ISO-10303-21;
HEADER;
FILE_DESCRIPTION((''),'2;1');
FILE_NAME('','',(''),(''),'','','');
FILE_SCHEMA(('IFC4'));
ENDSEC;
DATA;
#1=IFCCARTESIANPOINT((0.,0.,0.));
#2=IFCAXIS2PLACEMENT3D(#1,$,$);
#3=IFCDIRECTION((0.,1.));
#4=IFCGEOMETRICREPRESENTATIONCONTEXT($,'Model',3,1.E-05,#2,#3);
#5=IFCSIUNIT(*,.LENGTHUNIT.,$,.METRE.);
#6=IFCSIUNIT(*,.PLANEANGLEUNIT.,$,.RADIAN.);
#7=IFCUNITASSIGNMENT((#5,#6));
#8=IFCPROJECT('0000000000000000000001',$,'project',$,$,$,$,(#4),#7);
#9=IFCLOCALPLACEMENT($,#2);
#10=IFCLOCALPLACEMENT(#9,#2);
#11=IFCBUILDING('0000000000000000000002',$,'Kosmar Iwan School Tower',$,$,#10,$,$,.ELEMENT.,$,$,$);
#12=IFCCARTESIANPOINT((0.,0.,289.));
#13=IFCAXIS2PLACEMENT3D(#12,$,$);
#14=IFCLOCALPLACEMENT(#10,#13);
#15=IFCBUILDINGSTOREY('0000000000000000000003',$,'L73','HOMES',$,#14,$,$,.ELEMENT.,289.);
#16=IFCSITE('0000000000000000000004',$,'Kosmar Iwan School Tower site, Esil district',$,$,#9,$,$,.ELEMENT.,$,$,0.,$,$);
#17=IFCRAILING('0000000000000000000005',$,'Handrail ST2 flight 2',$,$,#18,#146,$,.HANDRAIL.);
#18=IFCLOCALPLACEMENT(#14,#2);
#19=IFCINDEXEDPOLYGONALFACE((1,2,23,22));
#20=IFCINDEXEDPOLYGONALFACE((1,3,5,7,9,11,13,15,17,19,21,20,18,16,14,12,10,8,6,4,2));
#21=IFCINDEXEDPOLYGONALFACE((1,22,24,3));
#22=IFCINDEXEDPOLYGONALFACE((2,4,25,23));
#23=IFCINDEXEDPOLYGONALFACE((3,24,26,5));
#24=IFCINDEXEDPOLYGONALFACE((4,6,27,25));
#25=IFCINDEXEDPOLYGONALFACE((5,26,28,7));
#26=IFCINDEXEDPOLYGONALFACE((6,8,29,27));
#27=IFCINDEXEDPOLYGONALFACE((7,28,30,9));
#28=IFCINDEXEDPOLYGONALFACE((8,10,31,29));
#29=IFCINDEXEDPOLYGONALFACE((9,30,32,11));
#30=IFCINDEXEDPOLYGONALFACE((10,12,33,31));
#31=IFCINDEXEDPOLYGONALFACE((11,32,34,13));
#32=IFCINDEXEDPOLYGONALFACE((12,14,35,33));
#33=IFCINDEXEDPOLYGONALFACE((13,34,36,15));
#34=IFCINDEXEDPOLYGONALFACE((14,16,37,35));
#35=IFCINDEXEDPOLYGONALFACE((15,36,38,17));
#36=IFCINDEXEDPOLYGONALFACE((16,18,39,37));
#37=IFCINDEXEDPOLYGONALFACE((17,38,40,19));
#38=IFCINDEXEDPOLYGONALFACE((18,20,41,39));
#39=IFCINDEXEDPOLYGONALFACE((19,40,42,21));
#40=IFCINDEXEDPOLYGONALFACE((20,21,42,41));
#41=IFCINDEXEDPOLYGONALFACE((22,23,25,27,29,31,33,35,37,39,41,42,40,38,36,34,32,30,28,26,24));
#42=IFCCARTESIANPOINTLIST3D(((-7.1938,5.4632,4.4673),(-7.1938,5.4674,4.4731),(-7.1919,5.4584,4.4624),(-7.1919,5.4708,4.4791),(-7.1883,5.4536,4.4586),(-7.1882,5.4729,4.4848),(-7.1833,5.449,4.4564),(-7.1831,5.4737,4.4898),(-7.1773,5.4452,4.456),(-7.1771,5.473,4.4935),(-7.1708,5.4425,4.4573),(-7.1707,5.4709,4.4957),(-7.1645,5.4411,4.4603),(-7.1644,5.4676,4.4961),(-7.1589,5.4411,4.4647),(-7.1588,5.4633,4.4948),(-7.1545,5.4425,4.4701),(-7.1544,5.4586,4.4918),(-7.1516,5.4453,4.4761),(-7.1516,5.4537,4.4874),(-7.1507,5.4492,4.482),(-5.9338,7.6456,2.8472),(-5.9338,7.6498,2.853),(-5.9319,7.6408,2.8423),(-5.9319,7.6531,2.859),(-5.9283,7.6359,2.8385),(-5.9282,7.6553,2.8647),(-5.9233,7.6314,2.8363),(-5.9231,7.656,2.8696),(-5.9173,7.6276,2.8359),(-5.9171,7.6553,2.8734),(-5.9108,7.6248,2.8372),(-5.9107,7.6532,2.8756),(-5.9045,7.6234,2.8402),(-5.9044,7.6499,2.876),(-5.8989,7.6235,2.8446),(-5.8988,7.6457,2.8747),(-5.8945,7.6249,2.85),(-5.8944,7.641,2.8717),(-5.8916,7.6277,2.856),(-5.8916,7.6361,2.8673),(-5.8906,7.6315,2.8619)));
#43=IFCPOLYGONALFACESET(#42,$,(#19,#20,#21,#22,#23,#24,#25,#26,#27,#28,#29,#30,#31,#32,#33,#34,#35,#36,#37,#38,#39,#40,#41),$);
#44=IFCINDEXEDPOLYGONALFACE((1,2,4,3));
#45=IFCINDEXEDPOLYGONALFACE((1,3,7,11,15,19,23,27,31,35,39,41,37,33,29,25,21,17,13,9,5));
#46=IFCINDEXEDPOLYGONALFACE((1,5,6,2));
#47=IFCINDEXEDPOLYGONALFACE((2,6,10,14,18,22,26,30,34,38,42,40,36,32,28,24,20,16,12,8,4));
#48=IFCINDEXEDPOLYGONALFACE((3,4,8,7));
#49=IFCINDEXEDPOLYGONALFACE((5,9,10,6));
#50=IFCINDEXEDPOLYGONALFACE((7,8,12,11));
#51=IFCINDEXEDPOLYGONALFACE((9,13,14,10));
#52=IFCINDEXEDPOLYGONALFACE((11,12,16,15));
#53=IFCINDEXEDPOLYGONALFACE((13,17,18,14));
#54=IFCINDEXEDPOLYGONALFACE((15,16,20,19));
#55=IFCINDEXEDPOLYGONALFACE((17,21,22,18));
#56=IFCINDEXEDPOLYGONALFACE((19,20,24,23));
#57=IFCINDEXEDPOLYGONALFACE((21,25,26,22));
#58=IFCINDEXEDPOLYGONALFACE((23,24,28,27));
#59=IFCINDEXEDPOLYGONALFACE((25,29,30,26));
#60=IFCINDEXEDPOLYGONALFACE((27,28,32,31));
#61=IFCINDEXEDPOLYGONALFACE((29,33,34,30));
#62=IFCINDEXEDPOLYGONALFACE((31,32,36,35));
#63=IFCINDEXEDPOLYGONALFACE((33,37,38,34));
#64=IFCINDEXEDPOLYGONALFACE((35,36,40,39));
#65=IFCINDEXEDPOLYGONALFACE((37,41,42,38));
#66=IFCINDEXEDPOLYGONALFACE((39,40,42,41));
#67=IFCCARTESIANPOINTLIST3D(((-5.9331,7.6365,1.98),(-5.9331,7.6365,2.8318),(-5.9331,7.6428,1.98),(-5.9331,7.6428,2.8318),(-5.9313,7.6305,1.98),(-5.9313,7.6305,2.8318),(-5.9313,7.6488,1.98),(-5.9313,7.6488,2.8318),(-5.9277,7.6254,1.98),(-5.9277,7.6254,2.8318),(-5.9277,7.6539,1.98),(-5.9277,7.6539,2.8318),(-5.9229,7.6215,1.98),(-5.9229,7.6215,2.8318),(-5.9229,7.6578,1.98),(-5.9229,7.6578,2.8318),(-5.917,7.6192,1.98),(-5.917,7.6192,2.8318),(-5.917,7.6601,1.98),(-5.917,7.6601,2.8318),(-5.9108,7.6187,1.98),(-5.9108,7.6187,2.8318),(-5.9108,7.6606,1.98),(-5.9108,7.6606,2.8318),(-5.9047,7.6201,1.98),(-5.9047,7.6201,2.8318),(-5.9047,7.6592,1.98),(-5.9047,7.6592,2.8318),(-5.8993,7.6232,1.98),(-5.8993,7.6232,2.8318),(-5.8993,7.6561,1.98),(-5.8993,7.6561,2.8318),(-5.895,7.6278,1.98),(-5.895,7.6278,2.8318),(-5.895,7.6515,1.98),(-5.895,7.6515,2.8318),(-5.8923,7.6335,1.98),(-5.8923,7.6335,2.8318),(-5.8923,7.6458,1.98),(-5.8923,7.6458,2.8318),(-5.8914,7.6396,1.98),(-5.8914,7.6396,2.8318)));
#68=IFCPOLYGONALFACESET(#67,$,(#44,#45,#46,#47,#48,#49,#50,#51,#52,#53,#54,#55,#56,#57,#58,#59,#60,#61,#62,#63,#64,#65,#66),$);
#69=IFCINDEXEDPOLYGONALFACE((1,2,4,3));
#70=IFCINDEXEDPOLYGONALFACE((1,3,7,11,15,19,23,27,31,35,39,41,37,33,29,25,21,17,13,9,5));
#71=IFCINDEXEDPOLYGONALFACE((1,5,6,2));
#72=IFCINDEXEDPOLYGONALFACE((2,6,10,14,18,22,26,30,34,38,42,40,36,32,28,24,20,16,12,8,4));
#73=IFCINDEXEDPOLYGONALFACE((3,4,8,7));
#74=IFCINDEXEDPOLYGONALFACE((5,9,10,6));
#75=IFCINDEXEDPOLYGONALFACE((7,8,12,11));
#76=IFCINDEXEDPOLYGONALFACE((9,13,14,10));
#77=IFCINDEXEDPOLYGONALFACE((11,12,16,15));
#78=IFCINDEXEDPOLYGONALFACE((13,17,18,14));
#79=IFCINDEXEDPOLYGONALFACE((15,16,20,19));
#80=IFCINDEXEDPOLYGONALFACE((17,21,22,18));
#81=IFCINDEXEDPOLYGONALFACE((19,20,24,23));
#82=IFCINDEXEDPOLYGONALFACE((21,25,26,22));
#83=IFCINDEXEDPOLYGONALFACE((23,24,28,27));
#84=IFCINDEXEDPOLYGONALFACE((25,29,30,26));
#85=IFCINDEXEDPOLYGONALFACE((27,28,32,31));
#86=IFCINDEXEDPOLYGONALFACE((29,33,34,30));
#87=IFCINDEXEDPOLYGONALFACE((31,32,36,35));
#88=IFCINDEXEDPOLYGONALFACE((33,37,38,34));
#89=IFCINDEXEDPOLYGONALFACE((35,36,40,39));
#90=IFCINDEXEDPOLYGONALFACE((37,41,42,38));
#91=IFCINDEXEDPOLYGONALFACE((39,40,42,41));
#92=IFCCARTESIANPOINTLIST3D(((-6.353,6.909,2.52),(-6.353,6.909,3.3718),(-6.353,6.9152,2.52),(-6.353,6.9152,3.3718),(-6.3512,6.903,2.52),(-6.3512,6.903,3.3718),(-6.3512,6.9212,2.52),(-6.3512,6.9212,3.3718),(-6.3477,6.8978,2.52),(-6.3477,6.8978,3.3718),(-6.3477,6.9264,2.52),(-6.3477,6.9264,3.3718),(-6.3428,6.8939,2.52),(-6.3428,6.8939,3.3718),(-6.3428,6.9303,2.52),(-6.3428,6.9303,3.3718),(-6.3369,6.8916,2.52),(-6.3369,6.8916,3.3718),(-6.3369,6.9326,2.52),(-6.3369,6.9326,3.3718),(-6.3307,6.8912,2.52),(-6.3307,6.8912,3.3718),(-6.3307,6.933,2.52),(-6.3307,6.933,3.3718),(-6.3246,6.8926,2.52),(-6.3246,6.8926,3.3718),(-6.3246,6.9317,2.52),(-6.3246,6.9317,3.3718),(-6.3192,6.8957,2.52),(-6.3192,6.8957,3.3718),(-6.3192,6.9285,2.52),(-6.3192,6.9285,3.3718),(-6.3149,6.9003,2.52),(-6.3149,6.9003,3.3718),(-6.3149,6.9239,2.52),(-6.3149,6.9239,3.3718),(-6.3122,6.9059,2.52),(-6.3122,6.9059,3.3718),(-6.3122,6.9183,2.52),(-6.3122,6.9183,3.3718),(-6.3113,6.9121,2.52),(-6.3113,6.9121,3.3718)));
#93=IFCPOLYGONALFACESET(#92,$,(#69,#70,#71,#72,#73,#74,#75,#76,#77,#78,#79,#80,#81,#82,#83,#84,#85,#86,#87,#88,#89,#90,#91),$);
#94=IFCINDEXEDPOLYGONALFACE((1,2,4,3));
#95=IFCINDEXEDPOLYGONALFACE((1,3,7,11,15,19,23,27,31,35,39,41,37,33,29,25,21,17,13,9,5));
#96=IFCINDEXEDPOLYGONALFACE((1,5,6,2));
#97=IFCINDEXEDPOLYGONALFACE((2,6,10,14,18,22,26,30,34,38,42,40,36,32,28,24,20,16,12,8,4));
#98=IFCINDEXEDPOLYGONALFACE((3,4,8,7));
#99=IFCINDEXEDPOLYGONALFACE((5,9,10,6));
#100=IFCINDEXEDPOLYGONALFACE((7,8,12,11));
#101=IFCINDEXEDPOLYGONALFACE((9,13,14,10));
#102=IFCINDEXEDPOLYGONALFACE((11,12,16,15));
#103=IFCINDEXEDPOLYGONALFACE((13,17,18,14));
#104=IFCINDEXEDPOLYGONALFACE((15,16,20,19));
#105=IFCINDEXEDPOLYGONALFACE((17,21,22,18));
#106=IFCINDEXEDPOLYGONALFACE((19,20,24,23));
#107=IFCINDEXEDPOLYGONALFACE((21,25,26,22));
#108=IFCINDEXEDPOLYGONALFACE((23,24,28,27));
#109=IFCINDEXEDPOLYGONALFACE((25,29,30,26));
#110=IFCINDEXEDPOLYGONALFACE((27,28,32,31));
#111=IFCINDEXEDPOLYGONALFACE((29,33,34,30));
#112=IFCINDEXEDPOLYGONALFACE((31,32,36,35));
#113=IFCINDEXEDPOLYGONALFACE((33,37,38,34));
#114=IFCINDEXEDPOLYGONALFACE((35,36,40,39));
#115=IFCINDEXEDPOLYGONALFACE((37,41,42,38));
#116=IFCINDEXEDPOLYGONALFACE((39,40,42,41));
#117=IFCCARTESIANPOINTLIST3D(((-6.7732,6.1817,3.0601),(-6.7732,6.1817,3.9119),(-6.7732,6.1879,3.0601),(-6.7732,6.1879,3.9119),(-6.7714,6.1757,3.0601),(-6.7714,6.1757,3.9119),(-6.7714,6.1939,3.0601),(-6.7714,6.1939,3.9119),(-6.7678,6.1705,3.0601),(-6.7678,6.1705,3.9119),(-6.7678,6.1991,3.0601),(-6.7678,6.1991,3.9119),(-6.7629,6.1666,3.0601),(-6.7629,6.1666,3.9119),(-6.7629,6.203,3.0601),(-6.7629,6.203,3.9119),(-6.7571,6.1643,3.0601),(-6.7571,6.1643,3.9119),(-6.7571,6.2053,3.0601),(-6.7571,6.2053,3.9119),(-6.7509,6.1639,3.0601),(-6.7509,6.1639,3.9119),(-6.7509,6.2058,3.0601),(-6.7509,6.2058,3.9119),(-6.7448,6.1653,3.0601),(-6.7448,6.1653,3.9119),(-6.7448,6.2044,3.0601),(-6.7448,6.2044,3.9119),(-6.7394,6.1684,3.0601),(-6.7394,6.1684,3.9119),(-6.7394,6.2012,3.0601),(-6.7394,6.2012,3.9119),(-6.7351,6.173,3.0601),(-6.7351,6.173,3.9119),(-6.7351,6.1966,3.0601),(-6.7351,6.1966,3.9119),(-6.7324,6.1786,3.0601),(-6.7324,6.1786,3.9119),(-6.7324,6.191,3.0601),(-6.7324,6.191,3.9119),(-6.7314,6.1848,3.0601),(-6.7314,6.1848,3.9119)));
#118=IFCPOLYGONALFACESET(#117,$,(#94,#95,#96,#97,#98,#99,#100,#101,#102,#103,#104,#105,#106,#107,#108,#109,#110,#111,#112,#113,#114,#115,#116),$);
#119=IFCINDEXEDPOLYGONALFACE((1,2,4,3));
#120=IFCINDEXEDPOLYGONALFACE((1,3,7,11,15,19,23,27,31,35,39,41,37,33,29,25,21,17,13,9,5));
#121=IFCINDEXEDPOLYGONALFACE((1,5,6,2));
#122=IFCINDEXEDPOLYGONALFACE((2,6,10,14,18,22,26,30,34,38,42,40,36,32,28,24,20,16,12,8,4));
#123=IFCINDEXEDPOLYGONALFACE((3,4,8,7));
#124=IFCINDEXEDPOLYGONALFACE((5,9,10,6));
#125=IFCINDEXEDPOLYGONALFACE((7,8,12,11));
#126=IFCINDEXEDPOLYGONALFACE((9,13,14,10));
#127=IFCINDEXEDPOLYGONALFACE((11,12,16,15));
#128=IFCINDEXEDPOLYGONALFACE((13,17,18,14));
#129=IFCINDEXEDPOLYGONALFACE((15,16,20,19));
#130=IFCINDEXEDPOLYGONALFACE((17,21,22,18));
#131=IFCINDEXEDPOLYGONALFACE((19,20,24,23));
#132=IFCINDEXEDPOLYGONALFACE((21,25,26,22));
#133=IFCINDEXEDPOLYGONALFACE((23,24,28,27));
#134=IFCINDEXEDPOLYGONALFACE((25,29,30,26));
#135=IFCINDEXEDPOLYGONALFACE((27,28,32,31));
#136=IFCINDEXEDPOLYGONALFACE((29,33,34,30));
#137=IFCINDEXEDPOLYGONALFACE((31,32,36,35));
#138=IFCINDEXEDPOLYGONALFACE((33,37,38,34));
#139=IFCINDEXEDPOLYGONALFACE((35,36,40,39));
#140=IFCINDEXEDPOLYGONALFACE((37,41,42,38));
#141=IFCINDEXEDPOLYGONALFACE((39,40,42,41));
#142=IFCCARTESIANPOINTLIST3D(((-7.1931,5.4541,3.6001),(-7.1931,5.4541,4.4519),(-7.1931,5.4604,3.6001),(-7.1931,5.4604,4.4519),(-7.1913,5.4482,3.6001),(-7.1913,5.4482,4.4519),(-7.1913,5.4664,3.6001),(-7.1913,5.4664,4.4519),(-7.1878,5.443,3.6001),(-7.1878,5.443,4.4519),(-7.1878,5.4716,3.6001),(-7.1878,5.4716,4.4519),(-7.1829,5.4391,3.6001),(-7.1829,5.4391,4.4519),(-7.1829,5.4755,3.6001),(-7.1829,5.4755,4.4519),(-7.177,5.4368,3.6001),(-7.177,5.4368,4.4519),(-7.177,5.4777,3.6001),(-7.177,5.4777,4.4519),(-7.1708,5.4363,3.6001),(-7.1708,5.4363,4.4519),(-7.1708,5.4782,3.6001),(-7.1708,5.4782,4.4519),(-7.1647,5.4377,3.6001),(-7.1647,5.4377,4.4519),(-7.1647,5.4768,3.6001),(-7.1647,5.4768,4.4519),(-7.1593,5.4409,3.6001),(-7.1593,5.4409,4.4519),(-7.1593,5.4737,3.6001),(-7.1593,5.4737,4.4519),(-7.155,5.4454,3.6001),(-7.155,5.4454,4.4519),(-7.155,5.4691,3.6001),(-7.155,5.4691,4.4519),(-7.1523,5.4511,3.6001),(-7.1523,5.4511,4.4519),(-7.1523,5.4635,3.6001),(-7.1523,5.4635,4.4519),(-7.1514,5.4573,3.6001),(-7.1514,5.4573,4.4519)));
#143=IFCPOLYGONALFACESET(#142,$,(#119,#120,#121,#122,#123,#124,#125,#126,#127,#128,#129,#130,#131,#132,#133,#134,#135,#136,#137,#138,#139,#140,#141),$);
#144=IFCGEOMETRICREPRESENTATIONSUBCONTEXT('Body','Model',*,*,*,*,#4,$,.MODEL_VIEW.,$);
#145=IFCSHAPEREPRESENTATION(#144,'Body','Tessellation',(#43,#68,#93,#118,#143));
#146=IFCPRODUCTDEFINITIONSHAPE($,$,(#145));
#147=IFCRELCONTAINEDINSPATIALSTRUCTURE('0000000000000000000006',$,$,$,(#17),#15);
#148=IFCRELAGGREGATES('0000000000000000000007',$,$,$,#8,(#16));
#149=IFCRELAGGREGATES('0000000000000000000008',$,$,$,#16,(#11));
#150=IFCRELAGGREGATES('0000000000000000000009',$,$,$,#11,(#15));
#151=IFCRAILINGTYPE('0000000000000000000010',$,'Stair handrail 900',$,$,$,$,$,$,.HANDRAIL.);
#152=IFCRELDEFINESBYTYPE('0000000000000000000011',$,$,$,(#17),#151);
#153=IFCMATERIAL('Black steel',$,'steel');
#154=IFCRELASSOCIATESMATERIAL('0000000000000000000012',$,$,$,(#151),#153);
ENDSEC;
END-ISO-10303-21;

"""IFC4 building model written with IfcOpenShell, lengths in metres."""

from ifc_helpers import new_model, si_unit, direction, frame, origin, origin_2d, place, context, subcontext, project, spatial, circle, extrude, material, type_object, element, save


model = new_model("IFC4")

# Units and contexts
model_context = context("Model", 3, precision=1e-05, world=origin(), true_north=direction((0.0, 1.0)))
body_context = subcontext(model_context, "Body", "Model", "MODEL_VIEW")
ifc_project = project(units=[si_unit("LENGTHUNIT", "METRE"), si_unit("PLANEANGLEUNIT", "RADIAN")], contexts=[model_context])

# Site, building, storey
site_placement = place(None, origin())
site = spatial("IfcSite", under=ifc_project, at=site_placement, Name="Kosmar Iwan School Tower site, Esil district", CompositionType="ELEMENT", RefElevation=0.0)
building_placement = place(site_placement, origin())
building = spatial("IfcBuilding", under=site, at=building_placement, Name="Kosmar Iwan School Tower", CompositionType="ELEMENT")
storey_placement = place(building_placement, frame((0.0, 0.0, 289.0)))
storey = spatial("IfcBuildingStorey", under=building, at=storey_placement, Name="L73", Description="HOMES", CompositionType="ELEMENT", Elevation=289.0)

# Railing
ifc_material_1 = material(Name="Black steel", Category="steel")
railing_type = type_object("IfcRailingType", Name="Stair handrail 900", PredefinedType="HANDRAIL", material=ifc_material_1)
railing_placement = place(storey_placement, frame((-5.9124, 7.6396, 1.98)))
element("IfcRailing", 1, at=railing_placement, inside=storey, type_object=railing_type, Name="Handrail ST2 flight 2", PredefinedType="HANDRAIL", context=body_context, shape_type="SweptSolid", body=[
    extrude(circle(Radius=0.0239, at=origin_2d()), frame((0.0, 0.0, 0.876), z_axis=(-0.420584, -0.728464, 0.540786), x_axis=(0.866023, -0.500005, 0.0)), (0.0, 0.0, 1.0), 2.9958),
    extrude(circle(Radius=0.021, at=origin_2d()), origin(), (0.0, 0.0, 1.0), 0.8518),
    extrude(circle(Radius=0.021, at=origin_2d()), frame((-0.4199, -0.7275, 0.54)), (0.0, 0.0, 1.0), 0.8518),
    extrude(circle(Radius=0.021, at=origin_2d()), frame((-0.8401, -1.4548, 1.0801)), (0.0, 0.0, 1.0), 0.8518),
    extrude(circle(Radius=0.021, at=origin_2d()), frame((-1.26, -2.1824, 1.6201)), (0.0, 0.0, 1.0), 0.8518),
])

save(model, "model.ifc")
